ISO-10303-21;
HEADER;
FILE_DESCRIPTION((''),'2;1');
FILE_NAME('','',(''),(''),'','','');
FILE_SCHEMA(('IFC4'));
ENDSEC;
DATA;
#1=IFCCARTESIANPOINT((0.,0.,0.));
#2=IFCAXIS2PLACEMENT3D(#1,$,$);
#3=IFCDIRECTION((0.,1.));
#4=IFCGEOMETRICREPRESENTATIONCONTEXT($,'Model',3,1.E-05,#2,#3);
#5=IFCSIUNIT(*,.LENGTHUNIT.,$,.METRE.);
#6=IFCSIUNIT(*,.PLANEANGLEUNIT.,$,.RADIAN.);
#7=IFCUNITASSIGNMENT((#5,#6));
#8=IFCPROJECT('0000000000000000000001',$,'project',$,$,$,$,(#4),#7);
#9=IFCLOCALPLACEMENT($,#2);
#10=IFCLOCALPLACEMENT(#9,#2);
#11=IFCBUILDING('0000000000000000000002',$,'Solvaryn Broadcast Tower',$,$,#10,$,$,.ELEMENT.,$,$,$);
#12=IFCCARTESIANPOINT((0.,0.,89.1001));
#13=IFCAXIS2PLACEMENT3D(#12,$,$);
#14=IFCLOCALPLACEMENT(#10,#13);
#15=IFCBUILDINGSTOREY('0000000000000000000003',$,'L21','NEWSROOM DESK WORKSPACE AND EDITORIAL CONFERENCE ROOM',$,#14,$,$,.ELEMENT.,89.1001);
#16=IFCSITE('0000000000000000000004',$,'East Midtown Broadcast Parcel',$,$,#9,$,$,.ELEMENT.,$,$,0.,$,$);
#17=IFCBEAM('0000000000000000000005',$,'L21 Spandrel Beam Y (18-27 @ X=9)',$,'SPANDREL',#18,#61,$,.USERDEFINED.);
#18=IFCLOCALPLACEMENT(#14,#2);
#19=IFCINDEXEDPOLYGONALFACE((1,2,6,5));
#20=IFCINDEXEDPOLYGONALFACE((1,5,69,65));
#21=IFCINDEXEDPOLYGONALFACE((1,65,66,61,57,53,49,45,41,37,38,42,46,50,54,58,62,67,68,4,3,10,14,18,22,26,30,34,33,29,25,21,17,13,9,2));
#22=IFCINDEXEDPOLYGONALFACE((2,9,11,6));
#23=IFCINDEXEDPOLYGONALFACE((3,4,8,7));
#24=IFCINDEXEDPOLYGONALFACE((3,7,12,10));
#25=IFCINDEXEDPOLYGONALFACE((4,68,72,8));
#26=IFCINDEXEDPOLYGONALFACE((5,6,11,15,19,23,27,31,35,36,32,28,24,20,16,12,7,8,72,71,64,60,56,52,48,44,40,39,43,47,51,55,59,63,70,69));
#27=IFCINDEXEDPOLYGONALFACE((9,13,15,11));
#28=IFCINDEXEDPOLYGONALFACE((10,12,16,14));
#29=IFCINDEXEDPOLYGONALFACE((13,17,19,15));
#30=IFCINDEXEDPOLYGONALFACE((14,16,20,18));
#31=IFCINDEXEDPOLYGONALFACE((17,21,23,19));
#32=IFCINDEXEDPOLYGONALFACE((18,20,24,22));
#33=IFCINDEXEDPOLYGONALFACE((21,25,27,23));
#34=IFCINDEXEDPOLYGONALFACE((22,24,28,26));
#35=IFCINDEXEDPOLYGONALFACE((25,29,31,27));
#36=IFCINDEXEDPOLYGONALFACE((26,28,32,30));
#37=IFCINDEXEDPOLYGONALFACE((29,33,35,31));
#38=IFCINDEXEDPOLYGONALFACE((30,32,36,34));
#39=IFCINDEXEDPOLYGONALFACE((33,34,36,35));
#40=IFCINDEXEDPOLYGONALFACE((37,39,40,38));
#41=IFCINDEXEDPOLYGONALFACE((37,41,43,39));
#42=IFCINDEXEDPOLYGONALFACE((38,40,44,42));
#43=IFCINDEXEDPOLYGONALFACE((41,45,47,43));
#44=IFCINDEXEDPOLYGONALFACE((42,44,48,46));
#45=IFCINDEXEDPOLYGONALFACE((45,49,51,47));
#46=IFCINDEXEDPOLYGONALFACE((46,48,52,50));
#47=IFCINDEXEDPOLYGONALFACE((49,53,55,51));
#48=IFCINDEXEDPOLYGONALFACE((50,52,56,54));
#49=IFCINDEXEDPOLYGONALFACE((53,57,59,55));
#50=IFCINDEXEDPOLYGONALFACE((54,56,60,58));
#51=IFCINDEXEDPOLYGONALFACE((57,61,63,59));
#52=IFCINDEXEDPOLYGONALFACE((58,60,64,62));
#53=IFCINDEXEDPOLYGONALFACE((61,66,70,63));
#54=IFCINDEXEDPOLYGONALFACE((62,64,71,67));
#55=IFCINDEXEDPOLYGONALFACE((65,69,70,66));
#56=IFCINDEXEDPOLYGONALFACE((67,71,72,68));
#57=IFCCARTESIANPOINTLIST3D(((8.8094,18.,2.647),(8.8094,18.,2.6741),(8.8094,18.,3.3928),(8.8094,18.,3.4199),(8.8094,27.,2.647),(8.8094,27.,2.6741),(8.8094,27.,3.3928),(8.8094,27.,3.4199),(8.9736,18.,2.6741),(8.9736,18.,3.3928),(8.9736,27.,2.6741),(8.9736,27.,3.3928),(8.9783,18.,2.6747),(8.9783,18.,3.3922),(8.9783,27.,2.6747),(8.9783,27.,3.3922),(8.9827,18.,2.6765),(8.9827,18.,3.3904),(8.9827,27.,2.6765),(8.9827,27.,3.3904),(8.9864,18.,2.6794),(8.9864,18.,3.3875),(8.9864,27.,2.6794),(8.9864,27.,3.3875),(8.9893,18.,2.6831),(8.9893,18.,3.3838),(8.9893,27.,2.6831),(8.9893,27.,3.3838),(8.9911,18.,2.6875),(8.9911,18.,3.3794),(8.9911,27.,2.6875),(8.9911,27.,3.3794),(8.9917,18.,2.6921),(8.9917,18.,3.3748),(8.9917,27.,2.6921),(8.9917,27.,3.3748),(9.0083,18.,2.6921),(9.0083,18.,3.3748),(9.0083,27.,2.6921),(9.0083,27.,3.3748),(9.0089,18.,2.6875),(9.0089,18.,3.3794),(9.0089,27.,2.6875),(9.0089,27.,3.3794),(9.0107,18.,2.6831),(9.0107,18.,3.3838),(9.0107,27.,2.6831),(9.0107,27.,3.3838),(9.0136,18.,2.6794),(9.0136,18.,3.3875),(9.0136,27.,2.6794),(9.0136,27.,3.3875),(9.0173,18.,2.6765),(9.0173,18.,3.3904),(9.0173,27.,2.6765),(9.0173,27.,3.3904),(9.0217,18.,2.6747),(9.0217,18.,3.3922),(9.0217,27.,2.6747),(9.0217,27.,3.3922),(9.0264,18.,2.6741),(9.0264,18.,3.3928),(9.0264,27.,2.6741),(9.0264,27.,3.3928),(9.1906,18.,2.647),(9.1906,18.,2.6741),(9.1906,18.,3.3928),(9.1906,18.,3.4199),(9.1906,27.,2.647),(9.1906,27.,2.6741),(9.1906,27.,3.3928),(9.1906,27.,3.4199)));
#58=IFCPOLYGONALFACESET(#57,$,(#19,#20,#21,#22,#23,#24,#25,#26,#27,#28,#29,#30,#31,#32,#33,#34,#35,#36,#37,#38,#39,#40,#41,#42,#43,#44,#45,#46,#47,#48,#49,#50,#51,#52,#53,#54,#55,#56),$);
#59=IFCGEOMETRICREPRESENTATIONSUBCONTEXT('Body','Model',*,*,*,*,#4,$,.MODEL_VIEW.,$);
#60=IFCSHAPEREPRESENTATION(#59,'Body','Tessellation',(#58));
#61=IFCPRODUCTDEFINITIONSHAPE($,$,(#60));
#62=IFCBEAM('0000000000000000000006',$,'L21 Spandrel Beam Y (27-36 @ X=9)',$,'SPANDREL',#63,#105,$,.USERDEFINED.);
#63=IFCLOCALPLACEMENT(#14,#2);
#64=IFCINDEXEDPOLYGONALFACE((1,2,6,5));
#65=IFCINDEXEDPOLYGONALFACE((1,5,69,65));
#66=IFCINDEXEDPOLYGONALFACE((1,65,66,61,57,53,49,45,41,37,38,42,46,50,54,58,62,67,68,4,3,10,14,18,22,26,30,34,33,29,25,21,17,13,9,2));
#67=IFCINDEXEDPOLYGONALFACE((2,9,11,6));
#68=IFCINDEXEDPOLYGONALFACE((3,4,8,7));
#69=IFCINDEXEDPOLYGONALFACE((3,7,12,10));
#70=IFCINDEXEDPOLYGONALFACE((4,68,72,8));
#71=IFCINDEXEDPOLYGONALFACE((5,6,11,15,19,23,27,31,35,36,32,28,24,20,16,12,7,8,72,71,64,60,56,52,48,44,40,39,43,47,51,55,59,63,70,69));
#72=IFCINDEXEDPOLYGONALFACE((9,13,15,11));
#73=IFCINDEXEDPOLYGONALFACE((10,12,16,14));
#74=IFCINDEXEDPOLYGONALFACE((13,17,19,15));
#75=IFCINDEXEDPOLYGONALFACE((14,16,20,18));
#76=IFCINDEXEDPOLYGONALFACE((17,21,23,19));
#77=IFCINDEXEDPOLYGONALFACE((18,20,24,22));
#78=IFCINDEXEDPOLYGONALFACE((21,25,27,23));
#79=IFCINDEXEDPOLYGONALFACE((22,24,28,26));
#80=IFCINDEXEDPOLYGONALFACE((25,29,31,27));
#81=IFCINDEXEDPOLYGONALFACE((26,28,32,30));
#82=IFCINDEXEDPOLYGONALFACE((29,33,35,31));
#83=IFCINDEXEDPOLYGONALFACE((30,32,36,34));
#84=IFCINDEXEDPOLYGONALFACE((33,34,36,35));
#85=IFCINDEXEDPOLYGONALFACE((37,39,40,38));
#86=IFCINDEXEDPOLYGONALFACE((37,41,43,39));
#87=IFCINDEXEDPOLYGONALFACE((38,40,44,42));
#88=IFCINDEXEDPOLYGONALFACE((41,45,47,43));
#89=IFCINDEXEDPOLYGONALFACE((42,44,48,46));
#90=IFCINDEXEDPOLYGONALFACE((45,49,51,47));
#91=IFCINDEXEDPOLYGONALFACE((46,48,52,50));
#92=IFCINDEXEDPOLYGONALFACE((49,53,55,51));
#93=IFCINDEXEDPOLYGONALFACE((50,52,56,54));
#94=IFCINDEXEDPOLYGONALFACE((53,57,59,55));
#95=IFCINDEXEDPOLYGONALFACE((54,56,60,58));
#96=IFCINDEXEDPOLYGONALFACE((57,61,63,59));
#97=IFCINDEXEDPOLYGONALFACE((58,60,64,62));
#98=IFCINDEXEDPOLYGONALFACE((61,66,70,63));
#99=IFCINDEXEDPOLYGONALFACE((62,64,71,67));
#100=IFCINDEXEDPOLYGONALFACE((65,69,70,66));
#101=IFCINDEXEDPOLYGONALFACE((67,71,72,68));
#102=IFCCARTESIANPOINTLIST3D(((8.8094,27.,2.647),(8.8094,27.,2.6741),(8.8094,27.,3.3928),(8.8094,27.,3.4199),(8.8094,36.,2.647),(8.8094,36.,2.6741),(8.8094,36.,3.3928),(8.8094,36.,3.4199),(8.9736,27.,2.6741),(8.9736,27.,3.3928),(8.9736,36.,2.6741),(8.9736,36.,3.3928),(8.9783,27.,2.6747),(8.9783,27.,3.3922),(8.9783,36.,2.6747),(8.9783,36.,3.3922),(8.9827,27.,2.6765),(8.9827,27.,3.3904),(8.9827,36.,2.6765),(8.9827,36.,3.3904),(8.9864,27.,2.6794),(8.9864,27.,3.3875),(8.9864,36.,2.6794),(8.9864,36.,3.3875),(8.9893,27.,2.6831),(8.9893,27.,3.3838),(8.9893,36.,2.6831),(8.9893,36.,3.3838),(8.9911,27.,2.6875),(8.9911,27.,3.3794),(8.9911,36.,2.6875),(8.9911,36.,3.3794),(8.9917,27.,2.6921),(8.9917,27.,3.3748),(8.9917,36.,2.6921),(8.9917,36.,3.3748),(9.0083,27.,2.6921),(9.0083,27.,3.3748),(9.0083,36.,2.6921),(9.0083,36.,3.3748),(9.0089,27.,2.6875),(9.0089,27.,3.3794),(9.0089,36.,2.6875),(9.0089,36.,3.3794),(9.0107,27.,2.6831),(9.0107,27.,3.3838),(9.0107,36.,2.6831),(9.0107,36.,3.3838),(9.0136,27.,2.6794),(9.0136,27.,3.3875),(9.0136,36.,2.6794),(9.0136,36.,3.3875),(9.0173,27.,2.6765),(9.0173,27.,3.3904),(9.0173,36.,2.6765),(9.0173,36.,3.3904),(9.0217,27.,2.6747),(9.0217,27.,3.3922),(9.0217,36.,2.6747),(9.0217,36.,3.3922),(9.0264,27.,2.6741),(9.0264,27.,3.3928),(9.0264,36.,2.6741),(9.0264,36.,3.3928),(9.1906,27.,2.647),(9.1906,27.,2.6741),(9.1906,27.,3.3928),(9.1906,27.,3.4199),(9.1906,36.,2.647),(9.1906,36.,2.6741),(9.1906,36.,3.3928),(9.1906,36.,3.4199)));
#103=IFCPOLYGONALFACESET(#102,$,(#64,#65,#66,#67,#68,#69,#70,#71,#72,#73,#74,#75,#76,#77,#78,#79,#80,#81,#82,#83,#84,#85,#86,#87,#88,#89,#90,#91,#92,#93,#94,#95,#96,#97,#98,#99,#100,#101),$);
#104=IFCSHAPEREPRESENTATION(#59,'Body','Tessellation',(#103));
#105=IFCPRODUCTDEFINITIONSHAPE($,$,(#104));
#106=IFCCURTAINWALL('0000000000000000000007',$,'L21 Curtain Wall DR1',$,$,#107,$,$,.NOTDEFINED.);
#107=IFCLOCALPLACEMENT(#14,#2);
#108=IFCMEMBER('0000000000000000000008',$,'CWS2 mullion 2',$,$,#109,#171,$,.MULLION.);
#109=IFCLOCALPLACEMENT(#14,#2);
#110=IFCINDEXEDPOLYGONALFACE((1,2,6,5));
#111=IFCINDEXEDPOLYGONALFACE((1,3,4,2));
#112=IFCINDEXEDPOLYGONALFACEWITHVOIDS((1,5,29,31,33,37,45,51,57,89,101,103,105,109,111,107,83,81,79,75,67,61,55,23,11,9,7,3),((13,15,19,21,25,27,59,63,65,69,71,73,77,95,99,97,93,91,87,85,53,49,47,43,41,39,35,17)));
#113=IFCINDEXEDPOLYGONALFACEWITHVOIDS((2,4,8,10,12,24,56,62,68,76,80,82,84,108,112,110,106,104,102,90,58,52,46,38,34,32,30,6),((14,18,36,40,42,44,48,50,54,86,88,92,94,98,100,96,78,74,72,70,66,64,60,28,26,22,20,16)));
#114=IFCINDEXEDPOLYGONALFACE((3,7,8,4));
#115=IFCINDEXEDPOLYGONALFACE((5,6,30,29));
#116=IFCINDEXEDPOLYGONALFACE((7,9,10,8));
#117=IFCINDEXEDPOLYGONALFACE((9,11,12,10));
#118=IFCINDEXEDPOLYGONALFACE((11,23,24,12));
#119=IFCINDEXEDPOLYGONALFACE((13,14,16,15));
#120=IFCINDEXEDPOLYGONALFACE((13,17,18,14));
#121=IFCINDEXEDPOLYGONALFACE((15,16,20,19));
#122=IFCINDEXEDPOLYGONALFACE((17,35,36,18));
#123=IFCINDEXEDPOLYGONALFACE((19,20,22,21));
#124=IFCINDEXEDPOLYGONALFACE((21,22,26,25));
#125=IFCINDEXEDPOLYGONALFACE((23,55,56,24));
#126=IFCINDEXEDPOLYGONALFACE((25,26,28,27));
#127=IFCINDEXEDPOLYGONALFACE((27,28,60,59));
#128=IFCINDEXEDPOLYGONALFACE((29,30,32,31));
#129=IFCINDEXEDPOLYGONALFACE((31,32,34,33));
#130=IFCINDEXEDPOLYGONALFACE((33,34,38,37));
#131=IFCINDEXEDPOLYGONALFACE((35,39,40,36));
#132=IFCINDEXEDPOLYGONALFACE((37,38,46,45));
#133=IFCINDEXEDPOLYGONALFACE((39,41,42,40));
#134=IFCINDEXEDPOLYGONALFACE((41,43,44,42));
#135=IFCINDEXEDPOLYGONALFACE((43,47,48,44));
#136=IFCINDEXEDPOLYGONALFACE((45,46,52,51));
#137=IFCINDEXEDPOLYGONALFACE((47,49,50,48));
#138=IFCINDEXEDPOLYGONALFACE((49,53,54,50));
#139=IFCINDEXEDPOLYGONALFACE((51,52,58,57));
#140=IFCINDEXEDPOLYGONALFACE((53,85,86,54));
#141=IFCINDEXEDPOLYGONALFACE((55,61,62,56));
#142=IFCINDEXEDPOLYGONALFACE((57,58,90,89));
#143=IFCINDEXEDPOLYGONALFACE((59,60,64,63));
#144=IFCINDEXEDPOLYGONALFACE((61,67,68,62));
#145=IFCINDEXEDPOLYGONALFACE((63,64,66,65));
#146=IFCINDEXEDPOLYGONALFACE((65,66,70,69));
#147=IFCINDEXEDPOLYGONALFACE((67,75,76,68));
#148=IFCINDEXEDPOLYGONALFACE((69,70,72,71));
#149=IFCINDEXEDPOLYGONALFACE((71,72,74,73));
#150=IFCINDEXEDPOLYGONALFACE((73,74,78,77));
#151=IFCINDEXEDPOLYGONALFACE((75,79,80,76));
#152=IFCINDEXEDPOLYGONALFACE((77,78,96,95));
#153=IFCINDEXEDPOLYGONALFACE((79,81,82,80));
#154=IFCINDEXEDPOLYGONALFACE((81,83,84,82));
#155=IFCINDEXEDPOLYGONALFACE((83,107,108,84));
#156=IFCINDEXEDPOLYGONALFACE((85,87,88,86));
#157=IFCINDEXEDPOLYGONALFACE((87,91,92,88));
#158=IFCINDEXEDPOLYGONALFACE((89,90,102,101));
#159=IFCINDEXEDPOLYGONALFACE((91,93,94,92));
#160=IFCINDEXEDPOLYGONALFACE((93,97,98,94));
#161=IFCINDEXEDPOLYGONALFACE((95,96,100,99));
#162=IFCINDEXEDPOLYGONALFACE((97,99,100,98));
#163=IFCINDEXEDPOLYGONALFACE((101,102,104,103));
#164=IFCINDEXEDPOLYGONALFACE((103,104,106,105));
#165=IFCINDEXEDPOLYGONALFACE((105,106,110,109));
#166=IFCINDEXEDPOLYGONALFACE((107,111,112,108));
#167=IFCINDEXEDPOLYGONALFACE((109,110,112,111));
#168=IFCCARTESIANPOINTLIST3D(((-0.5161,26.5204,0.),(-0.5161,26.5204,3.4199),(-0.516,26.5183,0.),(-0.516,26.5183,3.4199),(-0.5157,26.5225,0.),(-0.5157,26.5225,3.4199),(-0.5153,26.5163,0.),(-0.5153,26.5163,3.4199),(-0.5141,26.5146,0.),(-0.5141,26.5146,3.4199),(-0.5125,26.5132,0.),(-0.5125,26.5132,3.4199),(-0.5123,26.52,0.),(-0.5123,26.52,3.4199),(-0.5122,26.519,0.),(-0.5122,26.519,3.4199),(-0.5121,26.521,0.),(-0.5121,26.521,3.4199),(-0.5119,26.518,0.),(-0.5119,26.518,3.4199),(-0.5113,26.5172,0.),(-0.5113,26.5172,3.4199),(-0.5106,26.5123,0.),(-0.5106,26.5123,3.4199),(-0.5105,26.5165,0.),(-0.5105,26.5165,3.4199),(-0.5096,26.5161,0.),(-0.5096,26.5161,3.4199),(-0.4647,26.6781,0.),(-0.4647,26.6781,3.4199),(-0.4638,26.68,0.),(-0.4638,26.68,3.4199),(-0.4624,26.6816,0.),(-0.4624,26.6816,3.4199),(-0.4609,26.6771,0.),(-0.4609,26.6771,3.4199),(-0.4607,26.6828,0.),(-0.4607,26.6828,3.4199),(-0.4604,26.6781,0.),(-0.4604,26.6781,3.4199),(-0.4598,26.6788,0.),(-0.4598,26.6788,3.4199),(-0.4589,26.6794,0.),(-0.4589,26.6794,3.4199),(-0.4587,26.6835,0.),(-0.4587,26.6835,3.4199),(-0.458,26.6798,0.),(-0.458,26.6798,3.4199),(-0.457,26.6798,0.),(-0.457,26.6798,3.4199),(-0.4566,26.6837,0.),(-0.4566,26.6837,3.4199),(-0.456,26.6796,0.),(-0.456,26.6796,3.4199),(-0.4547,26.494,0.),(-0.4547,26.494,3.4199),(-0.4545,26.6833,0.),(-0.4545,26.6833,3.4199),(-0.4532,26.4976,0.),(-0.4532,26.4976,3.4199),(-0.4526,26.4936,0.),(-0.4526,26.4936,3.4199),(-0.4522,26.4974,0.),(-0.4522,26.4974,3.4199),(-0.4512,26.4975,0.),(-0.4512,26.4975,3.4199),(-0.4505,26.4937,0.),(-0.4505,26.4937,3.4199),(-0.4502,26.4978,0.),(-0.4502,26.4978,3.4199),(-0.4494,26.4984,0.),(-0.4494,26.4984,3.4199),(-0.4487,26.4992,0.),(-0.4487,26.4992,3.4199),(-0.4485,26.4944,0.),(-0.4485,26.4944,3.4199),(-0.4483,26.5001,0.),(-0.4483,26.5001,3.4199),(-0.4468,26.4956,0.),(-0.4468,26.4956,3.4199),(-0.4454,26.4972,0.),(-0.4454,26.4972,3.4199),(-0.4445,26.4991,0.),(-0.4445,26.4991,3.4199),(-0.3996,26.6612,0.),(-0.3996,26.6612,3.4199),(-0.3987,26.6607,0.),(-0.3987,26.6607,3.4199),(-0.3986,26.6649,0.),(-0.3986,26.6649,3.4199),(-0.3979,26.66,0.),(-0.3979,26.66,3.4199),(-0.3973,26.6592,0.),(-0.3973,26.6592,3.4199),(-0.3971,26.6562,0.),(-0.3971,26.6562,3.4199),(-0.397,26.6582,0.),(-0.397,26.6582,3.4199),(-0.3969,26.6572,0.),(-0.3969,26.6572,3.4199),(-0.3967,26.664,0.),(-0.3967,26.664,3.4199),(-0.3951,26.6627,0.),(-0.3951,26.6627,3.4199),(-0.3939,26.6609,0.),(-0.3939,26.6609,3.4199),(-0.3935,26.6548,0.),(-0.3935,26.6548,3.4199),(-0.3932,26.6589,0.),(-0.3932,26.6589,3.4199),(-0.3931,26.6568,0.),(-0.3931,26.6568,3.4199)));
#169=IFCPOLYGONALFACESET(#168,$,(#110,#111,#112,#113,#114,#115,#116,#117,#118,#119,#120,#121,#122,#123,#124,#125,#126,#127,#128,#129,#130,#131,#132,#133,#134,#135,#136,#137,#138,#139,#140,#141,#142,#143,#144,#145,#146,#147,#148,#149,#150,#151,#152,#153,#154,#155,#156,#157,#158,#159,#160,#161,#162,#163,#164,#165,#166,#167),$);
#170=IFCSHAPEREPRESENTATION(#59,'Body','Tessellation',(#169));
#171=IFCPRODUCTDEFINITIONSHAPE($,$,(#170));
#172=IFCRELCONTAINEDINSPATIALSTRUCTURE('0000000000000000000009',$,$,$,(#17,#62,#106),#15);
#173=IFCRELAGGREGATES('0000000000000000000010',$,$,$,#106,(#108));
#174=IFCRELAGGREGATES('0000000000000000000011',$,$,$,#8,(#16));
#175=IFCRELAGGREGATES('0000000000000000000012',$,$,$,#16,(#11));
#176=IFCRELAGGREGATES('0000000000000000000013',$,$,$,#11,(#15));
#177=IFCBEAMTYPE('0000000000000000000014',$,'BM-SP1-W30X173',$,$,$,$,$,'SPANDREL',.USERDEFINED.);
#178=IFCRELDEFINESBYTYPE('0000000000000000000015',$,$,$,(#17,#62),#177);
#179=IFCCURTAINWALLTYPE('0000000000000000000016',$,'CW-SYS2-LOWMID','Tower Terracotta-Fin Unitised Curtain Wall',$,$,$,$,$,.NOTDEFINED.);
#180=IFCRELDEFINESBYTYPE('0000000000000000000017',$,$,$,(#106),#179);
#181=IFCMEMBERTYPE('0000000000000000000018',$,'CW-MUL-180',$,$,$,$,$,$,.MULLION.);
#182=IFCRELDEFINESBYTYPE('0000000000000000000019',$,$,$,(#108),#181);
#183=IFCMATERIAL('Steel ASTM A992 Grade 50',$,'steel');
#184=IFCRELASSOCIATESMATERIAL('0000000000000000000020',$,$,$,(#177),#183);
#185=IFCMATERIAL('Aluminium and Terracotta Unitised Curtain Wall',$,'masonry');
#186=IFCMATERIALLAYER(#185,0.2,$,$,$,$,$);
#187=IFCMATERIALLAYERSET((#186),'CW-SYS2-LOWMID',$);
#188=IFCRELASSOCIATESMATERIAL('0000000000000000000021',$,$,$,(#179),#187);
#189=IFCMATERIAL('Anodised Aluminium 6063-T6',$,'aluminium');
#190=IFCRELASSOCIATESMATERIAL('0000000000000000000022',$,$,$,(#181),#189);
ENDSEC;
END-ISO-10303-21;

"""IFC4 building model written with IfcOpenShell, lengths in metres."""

from ifc_helpers import new_model, si_unit, direction, frame, origin, origin_2d, place, context, subcontext, project, spatial, hollow_rectangle, i_section, extrude, material, layer, layer_set, material_profile, profile_set, type_object, element, aggregate, save


model = new_model("IFC4")

# Units and contexts
model_context = context("Model", 3, precision=1e-05, world=origin(), true_north=direction((0.0, 1.0)))
body_context = subcontext(model_context, "Body", "Model", "MODEL_VIEW")
ifc_project = project(units=[si_unit("LENGTHUNIT", "METRE"), si_unit("PLANEANGLEUNIT", "RADIAN")], contexts=[model_context])

# Site, building, storey
site_placement = place(None, origin())
site = spatial("IfcSite", under=ifc_project, at=site_placement, Name="East Midtown Broadcast Parcel", CompositionType="ELEMENT", RefElevation=0.0)
building_placement = place(site_placement, origin())
building = spatial("IfcBuilding", under=site, at=building_placement, Name="Solvaryn Broadcast Tower", CompositionType="ELEMENT")
storey_placement = place(building_placement, frame((0.0, 0.0, 89.1001)))
storey = spatial("IfcBuildingStorey", under=building, at=storey_placement, Name="L21", Description="NEWSROOM DESK WORKSPACE AND EDITORIAL CONFERENCE ROOM", CompositionType="ELEMENT", Elevation=89.1001)

# Beams
ifc_material_1 = material(Name="Steel ASTM A992 Grade 50", Category="steel")
ifc_material_profile_1 = material_profile(ifc_material_1, i_section(OverallWidth=0.3811, OverallDepth=0.7729, WebThickness=0.0166, FlangeThickness=0.0271, FilletRadius=0.0181, at=origin_2d()))
ifc_profile_set_1 = profile_set([ifc_material_profile_1], Name="Steel ASTM A992 Grade 50")
beam_type_1 = type_object("IfcBeamType", Name="BM-SP1-W30X173", ElementType="SPANDREL", PredefinedType="USERDEFINED", material=ifc_profile_set_1)
for number, where, z_axis, x_axis, name in (
    (1, (9.0, 18.0, 3.0334), (0.0, 1.0, 0.0), (-1.0, 0.0, 0.0), "L21 Spandrel Beam Y (18-27 @ X=9)"),
    (2, (9.0, 27.0, 3.0334), (0.0, 1.0, 0.0), (-1.0, 0.0, 0.0), "L21 Spandrel Beam Y (27-36 @ X=9)"),
):
    element("IfcBeam", number, at=place(storey_placement, frame(where, z_axis=z_axis, x_axis=x_axis)), inside=storey, type_object=beam_type_1, Name=name, ObjectType="SPANDREL", PredefinedType="USERDEFINED", context=body_context, shape_type="SweptSolid", body=[
        extrude(i_section(OverallWidth=0.3811, OverallDepth=0.7729, WebThickness=0.0166, FlangeThickness=0.0271, FilletRadius=0.0181, at=origin_2d()), origin(), (0.0, 0.0, 1.0), 9.0),
    ])

# Curtain wall, member
ifc_material_2 = material(Name="Aluminium and Terracotta Unitised Curtain Wall", Category="masonry")
ifc_layer_1 = layer(ifc_material_2, 0.2)
ifc_layer_set_1 = layer_set([ifc_layer_1], Name="CW-SYS2-LOWMID")
curtain_wall_type = type_object("IfcCurtainWallType", Name="CW-SYS2-LOWMID", Description="Tower Terracotta-Fin Unitised Curtain Wall", PredefinedType="NOTDEFINED", material=ifc_layer_set_1)
curtain_wall_1_placement = place(storey_placement, origin())
curtain_wall_1 = element("IfcCurtainWall", 3, at=curtain_wall_1_placement, inside=storey, type_object=curtain_wall_type, Name="L21 Curtain Wall DR1", PredefinedType="NOTDEFINED")
ifc_material_3 = material(Name="Anodised Aluminium 6063-T6", Category="aluminium")
ifc_material_profile_2 = material_profile(ifc_material_3, hollow_rectangle(XDim=0.075, YDim=0.1799, WallThickness=0.0039, InnerFilletRadius=0.0039, OuterFilletRadius=0.0081, at=origin_2d()))
ifc_profile_set_2 = profile_set([ifc_material_profile_2], Name="Anodised Aluminium 6063-T6")
member_type_1 = type_object("IfcMemberType", Name="CW-MUL-180", PredefinedType="MULLION", material=ifc_profile_set_2)
member_1_placement = place(storey_placement, frame((-0.4546, 26.5886, 0.0), z_axis=(0.0, 0.0, 1.0), x_axis=(0.950215, -0.311594, 0.0)))
member_1 = element("IfcMember", 4, at=member_1_placement, type_object=member_type_1, Name="CWS2 mullion 2", PredefinedType="MULLION", context=body_context, shape_type="SweptSolid", body=[
    extrude(hollow_rectangle(XDim=0.075, YDim=0.1799, WallThickness=0.0039, InnerFilletRadius=0.0039, OuterFilletRadius=0.0081, at=origin_2d()), origin(), (0.0, 0.0, 1.0), 3.4199),
])
aggregate(curtain_wall_1, [member_1])

save(model, "model.ifc")
